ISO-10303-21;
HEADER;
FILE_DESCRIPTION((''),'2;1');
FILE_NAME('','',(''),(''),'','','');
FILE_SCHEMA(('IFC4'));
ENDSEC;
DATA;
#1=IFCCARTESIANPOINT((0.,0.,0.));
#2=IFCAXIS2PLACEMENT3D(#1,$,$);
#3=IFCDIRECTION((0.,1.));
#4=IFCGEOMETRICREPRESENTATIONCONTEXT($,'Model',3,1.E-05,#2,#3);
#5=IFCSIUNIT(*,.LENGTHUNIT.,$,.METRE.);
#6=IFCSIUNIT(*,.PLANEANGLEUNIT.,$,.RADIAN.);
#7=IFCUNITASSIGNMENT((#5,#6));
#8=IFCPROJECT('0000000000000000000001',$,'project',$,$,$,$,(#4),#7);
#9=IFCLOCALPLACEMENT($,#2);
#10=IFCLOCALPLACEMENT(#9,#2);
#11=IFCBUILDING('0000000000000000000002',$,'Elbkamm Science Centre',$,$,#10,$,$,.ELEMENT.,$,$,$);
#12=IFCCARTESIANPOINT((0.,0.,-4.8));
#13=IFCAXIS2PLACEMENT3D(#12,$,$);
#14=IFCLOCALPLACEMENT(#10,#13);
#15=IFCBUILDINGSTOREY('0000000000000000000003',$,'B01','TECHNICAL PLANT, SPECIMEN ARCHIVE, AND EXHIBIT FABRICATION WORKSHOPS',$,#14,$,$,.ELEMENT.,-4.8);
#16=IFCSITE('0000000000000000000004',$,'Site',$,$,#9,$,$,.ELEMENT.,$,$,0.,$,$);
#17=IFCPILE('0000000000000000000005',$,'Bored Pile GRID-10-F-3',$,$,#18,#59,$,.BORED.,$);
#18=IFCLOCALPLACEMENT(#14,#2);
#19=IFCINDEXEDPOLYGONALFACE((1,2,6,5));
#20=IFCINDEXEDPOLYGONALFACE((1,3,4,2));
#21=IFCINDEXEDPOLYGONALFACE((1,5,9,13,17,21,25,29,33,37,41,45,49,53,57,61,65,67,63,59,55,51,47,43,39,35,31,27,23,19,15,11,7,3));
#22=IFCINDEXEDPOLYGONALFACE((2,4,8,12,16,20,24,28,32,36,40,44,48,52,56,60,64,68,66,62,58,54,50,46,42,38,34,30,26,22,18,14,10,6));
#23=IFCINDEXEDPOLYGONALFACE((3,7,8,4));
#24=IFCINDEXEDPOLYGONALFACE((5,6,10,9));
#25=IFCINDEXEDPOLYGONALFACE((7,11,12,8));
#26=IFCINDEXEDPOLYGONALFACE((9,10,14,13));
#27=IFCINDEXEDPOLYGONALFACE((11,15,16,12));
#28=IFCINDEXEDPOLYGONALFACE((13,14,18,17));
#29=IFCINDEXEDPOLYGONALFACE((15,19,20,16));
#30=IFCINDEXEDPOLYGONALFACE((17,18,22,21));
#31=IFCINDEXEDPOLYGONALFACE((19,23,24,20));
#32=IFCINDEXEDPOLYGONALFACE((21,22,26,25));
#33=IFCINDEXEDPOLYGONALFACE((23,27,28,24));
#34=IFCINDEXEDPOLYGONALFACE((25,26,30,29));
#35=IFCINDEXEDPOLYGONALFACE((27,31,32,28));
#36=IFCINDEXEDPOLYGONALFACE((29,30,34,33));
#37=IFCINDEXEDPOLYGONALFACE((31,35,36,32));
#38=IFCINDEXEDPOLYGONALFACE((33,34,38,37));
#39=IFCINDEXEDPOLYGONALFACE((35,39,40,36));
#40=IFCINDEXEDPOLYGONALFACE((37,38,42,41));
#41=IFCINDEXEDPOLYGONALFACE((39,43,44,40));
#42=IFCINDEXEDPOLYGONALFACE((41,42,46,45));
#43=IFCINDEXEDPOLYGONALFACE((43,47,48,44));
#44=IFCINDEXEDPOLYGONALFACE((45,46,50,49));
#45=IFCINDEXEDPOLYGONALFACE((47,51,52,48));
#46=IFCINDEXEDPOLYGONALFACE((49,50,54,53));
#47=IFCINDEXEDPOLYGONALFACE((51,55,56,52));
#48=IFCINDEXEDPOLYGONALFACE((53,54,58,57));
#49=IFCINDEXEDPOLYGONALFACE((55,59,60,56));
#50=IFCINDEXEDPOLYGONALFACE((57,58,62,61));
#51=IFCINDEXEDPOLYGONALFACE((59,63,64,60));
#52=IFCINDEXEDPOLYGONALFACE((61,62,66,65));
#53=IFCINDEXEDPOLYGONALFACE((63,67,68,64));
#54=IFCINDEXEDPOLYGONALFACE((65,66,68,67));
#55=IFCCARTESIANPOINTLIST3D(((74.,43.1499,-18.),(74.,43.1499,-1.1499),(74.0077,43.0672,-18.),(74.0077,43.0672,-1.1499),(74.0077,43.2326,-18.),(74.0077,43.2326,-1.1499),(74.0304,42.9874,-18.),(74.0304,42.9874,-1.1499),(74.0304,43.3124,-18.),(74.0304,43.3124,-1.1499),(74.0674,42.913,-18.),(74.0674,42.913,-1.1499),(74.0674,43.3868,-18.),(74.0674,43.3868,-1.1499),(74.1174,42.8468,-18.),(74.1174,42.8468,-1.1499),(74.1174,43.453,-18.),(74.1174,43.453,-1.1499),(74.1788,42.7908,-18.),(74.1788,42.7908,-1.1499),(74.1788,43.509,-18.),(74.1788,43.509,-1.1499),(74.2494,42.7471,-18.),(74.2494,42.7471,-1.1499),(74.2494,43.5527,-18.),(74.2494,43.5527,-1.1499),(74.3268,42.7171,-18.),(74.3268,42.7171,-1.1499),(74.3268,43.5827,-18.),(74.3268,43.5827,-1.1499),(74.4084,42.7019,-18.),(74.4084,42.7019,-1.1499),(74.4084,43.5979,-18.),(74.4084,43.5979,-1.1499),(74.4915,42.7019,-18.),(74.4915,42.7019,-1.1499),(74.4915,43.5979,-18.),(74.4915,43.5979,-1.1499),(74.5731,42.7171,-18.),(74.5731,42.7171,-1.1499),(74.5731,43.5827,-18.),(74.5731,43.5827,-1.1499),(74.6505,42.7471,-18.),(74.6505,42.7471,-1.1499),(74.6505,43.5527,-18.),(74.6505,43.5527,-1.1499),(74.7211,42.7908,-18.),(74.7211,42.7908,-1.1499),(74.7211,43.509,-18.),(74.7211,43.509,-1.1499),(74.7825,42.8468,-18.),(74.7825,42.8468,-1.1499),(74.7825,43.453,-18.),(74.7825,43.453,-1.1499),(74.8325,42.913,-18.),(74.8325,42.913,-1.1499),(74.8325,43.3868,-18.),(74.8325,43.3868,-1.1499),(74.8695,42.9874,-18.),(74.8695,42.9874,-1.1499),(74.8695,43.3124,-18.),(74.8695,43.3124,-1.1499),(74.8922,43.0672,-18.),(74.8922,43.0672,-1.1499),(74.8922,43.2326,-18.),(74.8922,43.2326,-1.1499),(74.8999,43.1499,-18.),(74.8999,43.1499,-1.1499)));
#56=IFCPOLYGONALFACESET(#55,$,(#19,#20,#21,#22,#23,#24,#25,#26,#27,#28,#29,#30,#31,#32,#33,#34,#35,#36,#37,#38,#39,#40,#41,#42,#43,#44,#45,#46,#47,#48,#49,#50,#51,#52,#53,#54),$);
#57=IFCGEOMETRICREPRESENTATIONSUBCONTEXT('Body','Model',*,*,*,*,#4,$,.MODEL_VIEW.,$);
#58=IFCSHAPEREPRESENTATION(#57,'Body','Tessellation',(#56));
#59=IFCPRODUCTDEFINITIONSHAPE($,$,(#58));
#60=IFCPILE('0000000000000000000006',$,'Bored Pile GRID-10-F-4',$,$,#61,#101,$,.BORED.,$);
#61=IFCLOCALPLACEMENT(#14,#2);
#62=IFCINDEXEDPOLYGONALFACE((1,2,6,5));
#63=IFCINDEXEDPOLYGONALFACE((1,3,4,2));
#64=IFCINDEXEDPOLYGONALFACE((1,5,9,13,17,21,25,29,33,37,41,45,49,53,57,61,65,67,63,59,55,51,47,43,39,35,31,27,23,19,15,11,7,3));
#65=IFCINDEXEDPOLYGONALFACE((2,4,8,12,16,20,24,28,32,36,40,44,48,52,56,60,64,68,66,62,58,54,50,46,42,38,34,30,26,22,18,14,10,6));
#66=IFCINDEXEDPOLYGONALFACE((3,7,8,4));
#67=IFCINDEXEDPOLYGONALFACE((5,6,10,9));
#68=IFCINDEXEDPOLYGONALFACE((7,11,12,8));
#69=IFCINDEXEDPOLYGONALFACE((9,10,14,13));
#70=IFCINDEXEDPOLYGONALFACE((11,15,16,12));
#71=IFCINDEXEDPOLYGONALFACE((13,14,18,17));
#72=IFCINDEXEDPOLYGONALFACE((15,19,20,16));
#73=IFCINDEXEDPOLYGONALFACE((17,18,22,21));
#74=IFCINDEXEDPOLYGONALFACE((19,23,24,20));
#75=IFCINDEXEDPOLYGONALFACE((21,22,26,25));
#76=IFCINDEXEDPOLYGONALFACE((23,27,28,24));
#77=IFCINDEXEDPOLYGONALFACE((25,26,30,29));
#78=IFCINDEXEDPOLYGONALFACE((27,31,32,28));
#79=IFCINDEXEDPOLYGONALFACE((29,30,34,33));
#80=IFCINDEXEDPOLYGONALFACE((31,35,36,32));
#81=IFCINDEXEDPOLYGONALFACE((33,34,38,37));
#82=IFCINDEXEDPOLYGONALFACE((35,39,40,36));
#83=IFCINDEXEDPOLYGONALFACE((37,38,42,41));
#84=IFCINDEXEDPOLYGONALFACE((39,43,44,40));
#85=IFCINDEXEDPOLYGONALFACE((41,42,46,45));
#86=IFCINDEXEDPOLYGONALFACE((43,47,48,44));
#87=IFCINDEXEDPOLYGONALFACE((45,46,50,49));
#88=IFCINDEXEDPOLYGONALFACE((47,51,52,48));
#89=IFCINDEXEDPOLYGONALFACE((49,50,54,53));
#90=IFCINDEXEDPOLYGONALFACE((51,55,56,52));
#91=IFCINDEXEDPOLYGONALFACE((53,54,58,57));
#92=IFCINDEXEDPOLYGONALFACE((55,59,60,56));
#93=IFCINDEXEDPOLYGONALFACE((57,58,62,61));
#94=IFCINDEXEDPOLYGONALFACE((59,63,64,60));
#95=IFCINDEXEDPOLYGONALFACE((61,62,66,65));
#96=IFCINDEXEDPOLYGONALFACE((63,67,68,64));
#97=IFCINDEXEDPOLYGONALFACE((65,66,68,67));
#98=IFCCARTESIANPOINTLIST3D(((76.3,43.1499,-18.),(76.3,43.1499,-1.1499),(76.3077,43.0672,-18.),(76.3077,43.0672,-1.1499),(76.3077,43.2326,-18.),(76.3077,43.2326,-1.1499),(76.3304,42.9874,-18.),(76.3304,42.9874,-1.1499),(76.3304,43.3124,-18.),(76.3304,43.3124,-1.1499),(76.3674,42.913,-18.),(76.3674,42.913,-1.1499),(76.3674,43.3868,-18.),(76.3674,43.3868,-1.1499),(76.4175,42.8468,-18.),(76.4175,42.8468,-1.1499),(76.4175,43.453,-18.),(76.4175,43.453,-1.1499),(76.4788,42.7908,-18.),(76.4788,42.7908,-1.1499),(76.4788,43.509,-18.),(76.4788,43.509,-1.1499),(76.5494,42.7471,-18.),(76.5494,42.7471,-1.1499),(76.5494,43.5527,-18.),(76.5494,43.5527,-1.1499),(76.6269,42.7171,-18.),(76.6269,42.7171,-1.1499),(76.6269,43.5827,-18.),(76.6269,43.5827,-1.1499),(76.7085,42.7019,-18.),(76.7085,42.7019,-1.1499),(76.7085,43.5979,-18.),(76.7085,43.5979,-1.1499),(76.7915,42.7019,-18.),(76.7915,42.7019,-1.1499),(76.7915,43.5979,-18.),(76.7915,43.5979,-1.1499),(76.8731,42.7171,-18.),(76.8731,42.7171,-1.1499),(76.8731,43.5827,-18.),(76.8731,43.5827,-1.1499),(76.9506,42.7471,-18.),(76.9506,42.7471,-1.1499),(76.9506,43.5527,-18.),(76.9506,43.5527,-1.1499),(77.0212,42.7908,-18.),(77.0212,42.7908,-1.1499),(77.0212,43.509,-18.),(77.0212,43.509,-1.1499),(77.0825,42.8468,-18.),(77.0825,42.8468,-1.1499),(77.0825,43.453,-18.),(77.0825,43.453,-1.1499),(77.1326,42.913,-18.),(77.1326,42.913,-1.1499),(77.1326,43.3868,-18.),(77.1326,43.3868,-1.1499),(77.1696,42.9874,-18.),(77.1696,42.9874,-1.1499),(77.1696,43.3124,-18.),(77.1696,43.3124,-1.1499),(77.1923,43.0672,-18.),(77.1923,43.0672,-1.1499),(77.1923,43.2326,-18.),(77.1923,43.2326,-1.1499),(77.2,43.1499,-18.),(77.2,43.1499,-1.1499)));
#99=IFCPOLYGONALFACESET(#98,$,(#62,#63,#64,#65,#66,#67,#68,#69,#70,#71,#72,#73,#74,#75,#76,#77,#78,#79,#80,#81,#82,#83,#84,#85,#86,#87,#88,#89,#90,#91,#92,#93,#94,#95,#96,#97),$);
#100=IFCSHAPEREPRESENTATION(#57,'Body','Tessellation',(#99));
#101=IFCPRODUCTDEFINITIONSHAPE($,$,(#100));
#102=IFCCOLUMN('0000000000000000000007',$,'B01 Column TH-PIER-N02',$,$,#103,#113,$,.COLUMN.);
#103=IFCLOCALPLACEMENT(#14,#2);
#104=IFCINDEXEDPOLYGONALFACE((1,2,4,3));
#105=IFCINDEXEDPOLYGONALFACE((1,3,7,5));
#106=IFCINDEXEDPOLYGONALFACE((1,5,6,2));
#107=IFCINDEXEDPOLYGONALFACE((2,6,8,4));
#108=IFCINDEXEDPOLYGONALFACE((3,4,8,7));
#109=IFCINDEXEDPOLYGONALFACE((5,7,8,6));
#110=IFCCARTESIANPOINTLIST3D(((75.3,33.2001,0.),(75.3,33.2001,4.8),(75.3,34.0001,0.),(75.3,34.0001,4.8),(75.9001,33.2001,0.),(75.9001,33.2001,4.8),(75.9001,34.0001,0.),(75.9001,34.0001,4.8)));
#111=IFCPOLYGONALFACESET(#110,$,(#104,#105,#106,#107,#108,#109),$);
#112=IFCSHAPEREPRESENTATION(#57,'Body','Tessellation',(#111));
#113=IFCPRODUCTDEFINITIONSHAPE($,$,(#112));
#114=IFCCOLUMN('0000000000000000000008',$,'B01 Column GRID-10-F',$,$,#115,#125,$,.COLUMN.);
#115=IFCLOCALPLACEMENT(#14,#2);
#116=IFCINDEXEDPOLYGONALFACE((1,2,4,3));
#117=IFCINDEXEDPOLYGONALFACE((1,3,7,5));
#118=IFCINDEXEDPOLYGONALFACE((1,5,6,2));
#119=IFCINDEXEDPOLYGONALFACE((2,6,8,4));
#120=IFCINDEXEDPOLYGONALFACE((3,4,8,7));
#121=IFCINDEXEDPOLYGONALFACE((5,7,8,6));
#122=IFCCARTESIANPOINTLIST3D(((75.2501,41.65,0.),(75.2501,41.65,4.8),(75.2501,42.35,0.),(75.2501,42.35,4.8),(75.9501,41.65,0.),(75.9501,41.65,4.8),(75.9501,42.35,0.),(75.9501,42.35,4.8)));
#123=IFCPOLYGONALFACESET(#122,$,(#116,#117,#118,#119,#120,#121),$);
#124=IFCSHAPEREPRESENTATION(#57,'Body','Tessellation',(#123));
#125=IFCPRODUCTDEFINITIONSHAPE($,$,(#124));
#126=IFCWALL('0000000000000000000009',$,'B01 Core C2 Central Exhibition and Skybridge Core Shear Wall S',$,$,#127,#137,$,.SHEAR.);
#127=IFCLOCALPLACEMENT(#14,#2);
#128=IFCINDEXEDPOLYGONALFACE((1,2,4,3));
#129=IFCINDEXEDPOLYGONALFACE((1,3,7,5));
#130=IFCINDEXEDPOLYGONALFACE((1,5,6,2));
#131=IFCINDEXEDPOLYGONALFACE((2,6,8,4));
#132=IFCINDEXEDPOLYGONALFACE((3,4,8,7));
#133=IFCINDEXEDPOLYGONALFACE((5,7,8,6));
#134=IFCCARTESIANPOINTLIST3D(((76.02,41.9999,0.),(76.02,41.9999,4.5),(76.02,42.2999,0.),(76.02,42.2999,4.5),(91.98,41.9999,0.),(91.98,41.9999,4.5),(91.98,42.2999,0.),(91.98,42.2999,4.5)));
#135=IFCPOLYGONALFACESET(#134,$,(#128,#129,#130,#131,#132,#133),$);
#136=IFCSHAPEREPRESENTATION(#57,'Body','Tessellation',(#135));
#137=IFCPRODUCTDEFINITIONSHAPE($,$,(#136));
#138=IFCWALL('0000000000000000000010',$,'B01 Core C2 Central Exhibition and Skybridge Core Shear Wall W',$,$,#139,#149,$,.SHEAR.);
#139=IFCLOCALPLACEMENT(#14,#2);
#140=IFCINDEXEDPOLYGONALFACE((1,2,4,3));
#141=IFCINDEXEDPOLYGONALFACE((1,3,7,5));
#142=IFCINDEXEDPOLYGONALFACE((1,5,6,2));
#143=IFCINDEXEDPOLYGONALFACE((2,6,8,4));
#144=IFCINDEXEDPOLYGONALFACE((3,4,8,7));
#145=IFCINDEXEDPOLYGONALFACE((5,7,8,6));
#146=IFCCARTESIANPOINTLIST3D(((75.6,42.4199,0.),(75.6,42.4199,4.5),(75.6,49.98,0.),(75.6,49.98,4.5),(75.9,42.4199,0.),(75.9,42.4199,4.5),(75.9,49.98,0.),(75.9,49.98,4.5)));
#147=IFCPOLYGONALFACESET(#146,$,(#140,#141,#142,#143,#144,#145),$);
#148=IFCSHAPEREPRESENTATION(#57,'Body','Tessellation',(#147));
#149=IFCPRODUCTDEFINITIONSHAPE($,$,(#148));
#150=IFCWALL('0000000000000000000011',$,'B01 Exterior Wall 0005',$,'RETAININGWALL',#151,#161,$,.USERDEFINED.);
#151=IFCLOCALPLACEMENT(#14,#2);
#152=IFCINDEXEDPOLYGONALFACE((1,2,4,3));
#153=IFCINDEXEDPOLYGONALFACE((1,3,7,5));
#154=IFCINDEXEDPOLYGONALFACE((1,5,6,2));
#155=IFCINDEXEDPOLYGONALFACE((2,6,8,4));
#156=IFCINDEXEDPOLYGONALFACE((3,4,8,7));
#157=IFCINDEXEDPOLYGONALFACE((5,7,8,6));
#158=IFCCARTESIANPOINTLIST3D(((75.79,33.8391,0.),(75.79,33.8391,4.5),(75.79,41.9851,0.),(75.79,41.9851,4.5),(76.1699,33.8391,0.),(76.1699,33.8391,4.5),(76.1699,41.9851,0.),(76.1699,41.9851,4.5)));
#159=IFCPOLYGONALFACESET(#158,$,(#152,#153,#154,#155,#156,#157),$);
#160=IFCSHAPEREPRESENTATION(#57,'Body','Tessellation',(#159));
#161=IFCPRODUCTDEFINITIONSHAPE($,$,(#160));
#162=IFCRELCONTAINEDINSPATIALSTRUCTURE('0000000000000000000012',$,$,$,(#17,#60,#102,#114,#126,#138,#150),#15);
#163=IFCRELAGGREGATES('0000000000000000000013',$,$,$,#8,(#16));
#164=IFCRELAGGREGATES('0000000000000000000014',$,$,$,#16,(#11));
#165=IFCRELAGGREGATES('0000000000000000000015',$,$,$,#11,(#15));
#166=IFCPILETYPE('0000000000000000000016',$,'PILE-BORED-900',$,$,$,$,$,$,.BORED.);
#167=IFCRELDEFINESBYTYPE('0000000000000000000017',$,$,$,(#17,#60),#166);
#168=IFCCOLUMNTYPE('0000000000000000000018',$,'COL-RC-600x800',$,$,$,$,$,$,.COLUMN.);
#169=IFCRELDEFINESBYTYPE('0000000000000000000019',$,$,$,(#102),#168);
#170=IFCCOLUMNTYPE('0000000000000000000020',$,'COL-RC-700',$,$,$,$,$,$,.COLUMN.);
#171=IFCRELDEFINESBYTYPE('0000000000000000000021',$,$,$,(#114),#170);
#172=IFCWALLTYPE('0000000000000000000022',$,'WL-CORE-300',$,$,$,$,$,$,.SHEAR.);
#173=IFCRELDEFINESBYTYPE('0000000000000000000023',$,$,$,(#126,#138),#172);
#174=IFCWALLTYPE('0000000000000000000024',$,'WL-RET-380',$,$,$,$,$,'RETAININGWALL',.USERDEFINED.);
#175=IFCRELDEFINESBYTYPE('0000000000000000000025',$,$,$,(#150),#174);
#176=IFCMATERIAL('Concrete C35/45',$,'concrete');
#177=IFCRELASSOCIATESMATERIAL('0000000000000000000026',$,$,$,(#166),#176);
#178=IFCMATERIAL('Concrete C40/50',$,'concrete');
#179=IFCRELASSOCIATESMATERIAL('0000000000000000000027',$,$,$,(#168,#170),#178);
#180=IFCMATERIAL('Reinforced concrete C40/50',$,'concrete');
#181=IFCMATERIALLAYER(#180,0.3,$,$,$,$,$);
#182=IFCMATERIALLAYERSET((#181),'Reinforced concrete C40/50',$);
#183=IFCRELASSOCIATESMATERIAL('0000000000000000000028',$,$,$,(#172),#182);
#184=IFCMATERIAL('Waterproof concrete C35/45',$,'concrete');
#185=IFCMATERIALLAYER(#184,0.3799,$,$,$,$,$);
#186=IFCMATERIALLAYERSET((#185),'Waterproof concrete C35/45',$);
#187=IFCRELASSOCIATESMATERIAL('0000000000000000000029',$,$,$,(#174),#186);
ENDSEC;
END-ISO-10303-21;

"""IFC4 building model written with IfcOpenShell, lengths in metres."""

from ifc_helpers import new_model, si_unit, direction, frame, frame_2d, origin, origin_2d, place, context, subcontext, project, spatial, rectangle, circle, extrude, material, layer, layer_set, material_profile, profile_set, type_object, element, save


model = new_model("IFC4")

# Units and contexts
model_context = context("Model", 3, precision=1e-05, world=origin(), true_north=direction((0.0, 1.0)))
body_context = subcontext(model_context, "Body", "Model", "MODEL_VIEW")
ifc_project = project(units=[si_unit("LENGTHUNIT", "METRE"), si_unit("PLANEANGLEUNIT", "RADIAN")], contexts=[model_context])

# Site, building, storey
site_placement = place(None, origin())
site = spatial("IfcSite", under=ifc_project, at=site_placement, Name="Site", CompositionType="ELEMENT", RefElevation=0.0)
building_placement = place(site_placement, origin())
building = spatial("IfcBuilding", under=site, at=building_placement, Name="Elbkamm Science Centre", CompositionType="ELEMENT")
storey_placement = place(building_placement, frame((0.0, 0.0, -4.8)))
storey = spatial("IfcBuildingStorey", under=building, at=storey_placement, Name="B01", Description="TECHNICAL PLANT, SPECIMEN ARCHIVE, AND EXHIBIT FABRICATION WORKSHOPS", CompositionType="ELEMENT", Elevation=-4.8)

# Shared definitions
ifc_material_1 = material(Name="Concrete C35/45", Category="concrete")

# Piles
ifc_material_profile_1 = material_profile(ifc_material_1, circle(Radius=0.45, at=origin_2d()), Name="PILE D900")
ifc_profile_set_1 = profile_set([ifc_material_profile_1], Name="Concrete C35/45")
pile_type_1 = type_object("IfcPileType", Name="PILE-BORED-900", PredefinedType="BORED", material=ifc_profile_set_1)
for number, where, z_axis, x_axis, name in (
    (1, (74.45, 43.1499, -1.1499), (0.0, 0.0, -1.0), (1.0, 0.0, 0.0), "Bored Pile GRID-10-F-3"),
    (2, (76.75, 43.1499, -1.1499), (0.0, 0.0, -1.0), (1.0, 0.0, 0.0), "Bored Pile GRID-10-F-4"),
):
    element("IfcPile", number, at=place(storey_placement, frame(where, z_axis=z_axis, x_axis=x_axis)), inside=storey, type_object=pile_type_1, Name=name, PredefinedType="BORED", context=body_context, shape_type="SweptSolid", body=[
        extrude(circle(Radius=0.45, at=origin_2d()), origin(), (0.0, 0.0, 1.0), 16.8501),
    ])

# Columns
ifc_material_2 = material(Name="Concrete C40/50", Category="concrete")
ifc_material_profile_2 = material_profile(ifc_material_2, rectangle(XDim=0.6001, YDim=0.8, at=origin_2d()), Name="RC 600x800")
ifc_profile_set_2 = profile_set([ifc_material_profile_2], Name="Concrete C40/50")
column_type_1 = type_object("IfcColumnType", Name="COL-RC-600x800", PredefinedType="COLUMN", material=ifc_profile_set_2)
column_1_placement = place(storey_placement, frame((75.6001, 33.6001, 0.0), z_axis=(0.0, 0.0, 1.0), x_axis=(1.0, 0.0, 0.0)))
element("IfcColumn", 3, at=column_1_placement, inside=storey, type_object=column_type_1, Name="B01 Column TH-PIER-N02", PredefinedType="COLUMN", context=body_context, shape_type="SweptSolid", body=[
    extrude(rectangle(XDim=0.6001, YDim=0.8, at=origin_2d()), origin(), (0.0, 0.0, 1.0), 4.8),
])
ifc_material_profile_3 = material_profile(ifc_material_2, rectangle(XDim=0.7, YDim=0.7, at=origin_2d()), Name="RC 700x700")
ifc_profile_set_3 = profile_set([ifc_material_profile_3], Name="Concrete C40/50")
column_type_2 = type_object("IfcColumnType", Name="COL-RC-700", PredefinedType="COLUMN", material=ifc_profile_set_3)
column_2_placement = place(storey_placement, frame((75.6001, 42.0, 0.0), z_axis=(0.0, 0.0, 1.0), x_axis=(1.0, 0.0, 0.0)))
element("IfcColumn", 4, at=column_2_placement, inside=storey, type_object=column_type_2, Name="B01 Column GRID-10-F", PredefinedType="COLUMN", context=body_context, shape_type="SweptSolid", body=[
    extrude(rectangle(XDim=0.7, YDim=0.7, at=origin_2d()), origin(), (0.0, 0.0, 1.0), 4.8),
])

# Walls
ifc_material_3 = material(Name="Reinforced concrete C40/50", Category="concrete")
ifc_layer_1 = layer(ifc_material_3, 0.3)
ifc_layer_set_1 = layer_set([ifc_layer_1], Name="Reinforced concrete C40/50")
wall_type_1 = type_object("IfcWallType", Name="WL-CORE-300", PredefinedType="SHEAR", material=ifc_layer_set_1)
wall_1_placement = place(storey_placement, frame((76.02, 42.1499, 0.0), z_axis=(0.0, 0.0, 1.0), x_axis=(1.0, 0.0, 0.0)))
element("IfcWall", 5, at=wall_1_placement, inside=storey, type_object=wall_type_1, Name="B01 Core C2 Central Exhibition and Skybridge Core Shear Wall S", PredefinedType="SHEAR", context=body_context, shape_type="SweptSolid", body=[
    extrude(rectangle(XDim=15.96, YDim=0.3, at=frame_2d((7.98, 0.0))), origin(), (0.0, 0.0, 1.0), 4.5),
])
wall_2_placement = place(storey_placement, frame((75.75, 42.4199, 0.0), z_axis=(0.0, 0.0, 1.0), x_axis=(0.0, 1.0, 0.0)))
element("IfcWall", 6, at=wall_2_placement, inside=storey, type_object=wall_type_1, Name="B01 Core C2 Central Exhibition and Skybridge Core Shear Wall W", PredefinedType="SHEAR", context=body_context, shape_type="SweptSolid", body=[
    extrude(rectangle(XDim=7.5601, YDim=0.3, at=frame_2d((3.78, 0.0))), origin(), (0.0, 0.0, 1.0), 4.5),
])
ifc_material_4 = material(Name="Waterproof concrete C35/45", Category="concrete")
ifc_layer_2 = layer(ifc_material_4, 0.3799)
ifc_layer_set_2 = layer_set([ifc_layer_2], Name="Waterproof concrete C35/45")
wall_type_2 = type_object("IfcWallType", Name="WL-RET-380", ElementType="RETAININGWALL", PredefinedType="USERDEFINED", material=ifc_layer_set_2)
wall_3_placement = place(storey_placement, frame((75.98, 33.8391, 0.0), z_axis=(0.0, 0.0, 1.0), x_axis=(0.0, 1.0, 0.0)))
element("IfcWall", 7, at=wall_3_placement, inside=storey, type_object=wall_type_2, Name="B01 Exterior Wall 0005", ObjectType="RETAININGWALL", PredefinedType="USERDEFINED", context=body_context, shape_type="SweptSolid", body=[
    extrude(rectangle(XDim=8.146, YDim=0.3799, at=frame_2d((4.073, 0.0))), origin(), (0.0, 0.0, 1.0), 4.5),
])

save(model, "model.ifc")
